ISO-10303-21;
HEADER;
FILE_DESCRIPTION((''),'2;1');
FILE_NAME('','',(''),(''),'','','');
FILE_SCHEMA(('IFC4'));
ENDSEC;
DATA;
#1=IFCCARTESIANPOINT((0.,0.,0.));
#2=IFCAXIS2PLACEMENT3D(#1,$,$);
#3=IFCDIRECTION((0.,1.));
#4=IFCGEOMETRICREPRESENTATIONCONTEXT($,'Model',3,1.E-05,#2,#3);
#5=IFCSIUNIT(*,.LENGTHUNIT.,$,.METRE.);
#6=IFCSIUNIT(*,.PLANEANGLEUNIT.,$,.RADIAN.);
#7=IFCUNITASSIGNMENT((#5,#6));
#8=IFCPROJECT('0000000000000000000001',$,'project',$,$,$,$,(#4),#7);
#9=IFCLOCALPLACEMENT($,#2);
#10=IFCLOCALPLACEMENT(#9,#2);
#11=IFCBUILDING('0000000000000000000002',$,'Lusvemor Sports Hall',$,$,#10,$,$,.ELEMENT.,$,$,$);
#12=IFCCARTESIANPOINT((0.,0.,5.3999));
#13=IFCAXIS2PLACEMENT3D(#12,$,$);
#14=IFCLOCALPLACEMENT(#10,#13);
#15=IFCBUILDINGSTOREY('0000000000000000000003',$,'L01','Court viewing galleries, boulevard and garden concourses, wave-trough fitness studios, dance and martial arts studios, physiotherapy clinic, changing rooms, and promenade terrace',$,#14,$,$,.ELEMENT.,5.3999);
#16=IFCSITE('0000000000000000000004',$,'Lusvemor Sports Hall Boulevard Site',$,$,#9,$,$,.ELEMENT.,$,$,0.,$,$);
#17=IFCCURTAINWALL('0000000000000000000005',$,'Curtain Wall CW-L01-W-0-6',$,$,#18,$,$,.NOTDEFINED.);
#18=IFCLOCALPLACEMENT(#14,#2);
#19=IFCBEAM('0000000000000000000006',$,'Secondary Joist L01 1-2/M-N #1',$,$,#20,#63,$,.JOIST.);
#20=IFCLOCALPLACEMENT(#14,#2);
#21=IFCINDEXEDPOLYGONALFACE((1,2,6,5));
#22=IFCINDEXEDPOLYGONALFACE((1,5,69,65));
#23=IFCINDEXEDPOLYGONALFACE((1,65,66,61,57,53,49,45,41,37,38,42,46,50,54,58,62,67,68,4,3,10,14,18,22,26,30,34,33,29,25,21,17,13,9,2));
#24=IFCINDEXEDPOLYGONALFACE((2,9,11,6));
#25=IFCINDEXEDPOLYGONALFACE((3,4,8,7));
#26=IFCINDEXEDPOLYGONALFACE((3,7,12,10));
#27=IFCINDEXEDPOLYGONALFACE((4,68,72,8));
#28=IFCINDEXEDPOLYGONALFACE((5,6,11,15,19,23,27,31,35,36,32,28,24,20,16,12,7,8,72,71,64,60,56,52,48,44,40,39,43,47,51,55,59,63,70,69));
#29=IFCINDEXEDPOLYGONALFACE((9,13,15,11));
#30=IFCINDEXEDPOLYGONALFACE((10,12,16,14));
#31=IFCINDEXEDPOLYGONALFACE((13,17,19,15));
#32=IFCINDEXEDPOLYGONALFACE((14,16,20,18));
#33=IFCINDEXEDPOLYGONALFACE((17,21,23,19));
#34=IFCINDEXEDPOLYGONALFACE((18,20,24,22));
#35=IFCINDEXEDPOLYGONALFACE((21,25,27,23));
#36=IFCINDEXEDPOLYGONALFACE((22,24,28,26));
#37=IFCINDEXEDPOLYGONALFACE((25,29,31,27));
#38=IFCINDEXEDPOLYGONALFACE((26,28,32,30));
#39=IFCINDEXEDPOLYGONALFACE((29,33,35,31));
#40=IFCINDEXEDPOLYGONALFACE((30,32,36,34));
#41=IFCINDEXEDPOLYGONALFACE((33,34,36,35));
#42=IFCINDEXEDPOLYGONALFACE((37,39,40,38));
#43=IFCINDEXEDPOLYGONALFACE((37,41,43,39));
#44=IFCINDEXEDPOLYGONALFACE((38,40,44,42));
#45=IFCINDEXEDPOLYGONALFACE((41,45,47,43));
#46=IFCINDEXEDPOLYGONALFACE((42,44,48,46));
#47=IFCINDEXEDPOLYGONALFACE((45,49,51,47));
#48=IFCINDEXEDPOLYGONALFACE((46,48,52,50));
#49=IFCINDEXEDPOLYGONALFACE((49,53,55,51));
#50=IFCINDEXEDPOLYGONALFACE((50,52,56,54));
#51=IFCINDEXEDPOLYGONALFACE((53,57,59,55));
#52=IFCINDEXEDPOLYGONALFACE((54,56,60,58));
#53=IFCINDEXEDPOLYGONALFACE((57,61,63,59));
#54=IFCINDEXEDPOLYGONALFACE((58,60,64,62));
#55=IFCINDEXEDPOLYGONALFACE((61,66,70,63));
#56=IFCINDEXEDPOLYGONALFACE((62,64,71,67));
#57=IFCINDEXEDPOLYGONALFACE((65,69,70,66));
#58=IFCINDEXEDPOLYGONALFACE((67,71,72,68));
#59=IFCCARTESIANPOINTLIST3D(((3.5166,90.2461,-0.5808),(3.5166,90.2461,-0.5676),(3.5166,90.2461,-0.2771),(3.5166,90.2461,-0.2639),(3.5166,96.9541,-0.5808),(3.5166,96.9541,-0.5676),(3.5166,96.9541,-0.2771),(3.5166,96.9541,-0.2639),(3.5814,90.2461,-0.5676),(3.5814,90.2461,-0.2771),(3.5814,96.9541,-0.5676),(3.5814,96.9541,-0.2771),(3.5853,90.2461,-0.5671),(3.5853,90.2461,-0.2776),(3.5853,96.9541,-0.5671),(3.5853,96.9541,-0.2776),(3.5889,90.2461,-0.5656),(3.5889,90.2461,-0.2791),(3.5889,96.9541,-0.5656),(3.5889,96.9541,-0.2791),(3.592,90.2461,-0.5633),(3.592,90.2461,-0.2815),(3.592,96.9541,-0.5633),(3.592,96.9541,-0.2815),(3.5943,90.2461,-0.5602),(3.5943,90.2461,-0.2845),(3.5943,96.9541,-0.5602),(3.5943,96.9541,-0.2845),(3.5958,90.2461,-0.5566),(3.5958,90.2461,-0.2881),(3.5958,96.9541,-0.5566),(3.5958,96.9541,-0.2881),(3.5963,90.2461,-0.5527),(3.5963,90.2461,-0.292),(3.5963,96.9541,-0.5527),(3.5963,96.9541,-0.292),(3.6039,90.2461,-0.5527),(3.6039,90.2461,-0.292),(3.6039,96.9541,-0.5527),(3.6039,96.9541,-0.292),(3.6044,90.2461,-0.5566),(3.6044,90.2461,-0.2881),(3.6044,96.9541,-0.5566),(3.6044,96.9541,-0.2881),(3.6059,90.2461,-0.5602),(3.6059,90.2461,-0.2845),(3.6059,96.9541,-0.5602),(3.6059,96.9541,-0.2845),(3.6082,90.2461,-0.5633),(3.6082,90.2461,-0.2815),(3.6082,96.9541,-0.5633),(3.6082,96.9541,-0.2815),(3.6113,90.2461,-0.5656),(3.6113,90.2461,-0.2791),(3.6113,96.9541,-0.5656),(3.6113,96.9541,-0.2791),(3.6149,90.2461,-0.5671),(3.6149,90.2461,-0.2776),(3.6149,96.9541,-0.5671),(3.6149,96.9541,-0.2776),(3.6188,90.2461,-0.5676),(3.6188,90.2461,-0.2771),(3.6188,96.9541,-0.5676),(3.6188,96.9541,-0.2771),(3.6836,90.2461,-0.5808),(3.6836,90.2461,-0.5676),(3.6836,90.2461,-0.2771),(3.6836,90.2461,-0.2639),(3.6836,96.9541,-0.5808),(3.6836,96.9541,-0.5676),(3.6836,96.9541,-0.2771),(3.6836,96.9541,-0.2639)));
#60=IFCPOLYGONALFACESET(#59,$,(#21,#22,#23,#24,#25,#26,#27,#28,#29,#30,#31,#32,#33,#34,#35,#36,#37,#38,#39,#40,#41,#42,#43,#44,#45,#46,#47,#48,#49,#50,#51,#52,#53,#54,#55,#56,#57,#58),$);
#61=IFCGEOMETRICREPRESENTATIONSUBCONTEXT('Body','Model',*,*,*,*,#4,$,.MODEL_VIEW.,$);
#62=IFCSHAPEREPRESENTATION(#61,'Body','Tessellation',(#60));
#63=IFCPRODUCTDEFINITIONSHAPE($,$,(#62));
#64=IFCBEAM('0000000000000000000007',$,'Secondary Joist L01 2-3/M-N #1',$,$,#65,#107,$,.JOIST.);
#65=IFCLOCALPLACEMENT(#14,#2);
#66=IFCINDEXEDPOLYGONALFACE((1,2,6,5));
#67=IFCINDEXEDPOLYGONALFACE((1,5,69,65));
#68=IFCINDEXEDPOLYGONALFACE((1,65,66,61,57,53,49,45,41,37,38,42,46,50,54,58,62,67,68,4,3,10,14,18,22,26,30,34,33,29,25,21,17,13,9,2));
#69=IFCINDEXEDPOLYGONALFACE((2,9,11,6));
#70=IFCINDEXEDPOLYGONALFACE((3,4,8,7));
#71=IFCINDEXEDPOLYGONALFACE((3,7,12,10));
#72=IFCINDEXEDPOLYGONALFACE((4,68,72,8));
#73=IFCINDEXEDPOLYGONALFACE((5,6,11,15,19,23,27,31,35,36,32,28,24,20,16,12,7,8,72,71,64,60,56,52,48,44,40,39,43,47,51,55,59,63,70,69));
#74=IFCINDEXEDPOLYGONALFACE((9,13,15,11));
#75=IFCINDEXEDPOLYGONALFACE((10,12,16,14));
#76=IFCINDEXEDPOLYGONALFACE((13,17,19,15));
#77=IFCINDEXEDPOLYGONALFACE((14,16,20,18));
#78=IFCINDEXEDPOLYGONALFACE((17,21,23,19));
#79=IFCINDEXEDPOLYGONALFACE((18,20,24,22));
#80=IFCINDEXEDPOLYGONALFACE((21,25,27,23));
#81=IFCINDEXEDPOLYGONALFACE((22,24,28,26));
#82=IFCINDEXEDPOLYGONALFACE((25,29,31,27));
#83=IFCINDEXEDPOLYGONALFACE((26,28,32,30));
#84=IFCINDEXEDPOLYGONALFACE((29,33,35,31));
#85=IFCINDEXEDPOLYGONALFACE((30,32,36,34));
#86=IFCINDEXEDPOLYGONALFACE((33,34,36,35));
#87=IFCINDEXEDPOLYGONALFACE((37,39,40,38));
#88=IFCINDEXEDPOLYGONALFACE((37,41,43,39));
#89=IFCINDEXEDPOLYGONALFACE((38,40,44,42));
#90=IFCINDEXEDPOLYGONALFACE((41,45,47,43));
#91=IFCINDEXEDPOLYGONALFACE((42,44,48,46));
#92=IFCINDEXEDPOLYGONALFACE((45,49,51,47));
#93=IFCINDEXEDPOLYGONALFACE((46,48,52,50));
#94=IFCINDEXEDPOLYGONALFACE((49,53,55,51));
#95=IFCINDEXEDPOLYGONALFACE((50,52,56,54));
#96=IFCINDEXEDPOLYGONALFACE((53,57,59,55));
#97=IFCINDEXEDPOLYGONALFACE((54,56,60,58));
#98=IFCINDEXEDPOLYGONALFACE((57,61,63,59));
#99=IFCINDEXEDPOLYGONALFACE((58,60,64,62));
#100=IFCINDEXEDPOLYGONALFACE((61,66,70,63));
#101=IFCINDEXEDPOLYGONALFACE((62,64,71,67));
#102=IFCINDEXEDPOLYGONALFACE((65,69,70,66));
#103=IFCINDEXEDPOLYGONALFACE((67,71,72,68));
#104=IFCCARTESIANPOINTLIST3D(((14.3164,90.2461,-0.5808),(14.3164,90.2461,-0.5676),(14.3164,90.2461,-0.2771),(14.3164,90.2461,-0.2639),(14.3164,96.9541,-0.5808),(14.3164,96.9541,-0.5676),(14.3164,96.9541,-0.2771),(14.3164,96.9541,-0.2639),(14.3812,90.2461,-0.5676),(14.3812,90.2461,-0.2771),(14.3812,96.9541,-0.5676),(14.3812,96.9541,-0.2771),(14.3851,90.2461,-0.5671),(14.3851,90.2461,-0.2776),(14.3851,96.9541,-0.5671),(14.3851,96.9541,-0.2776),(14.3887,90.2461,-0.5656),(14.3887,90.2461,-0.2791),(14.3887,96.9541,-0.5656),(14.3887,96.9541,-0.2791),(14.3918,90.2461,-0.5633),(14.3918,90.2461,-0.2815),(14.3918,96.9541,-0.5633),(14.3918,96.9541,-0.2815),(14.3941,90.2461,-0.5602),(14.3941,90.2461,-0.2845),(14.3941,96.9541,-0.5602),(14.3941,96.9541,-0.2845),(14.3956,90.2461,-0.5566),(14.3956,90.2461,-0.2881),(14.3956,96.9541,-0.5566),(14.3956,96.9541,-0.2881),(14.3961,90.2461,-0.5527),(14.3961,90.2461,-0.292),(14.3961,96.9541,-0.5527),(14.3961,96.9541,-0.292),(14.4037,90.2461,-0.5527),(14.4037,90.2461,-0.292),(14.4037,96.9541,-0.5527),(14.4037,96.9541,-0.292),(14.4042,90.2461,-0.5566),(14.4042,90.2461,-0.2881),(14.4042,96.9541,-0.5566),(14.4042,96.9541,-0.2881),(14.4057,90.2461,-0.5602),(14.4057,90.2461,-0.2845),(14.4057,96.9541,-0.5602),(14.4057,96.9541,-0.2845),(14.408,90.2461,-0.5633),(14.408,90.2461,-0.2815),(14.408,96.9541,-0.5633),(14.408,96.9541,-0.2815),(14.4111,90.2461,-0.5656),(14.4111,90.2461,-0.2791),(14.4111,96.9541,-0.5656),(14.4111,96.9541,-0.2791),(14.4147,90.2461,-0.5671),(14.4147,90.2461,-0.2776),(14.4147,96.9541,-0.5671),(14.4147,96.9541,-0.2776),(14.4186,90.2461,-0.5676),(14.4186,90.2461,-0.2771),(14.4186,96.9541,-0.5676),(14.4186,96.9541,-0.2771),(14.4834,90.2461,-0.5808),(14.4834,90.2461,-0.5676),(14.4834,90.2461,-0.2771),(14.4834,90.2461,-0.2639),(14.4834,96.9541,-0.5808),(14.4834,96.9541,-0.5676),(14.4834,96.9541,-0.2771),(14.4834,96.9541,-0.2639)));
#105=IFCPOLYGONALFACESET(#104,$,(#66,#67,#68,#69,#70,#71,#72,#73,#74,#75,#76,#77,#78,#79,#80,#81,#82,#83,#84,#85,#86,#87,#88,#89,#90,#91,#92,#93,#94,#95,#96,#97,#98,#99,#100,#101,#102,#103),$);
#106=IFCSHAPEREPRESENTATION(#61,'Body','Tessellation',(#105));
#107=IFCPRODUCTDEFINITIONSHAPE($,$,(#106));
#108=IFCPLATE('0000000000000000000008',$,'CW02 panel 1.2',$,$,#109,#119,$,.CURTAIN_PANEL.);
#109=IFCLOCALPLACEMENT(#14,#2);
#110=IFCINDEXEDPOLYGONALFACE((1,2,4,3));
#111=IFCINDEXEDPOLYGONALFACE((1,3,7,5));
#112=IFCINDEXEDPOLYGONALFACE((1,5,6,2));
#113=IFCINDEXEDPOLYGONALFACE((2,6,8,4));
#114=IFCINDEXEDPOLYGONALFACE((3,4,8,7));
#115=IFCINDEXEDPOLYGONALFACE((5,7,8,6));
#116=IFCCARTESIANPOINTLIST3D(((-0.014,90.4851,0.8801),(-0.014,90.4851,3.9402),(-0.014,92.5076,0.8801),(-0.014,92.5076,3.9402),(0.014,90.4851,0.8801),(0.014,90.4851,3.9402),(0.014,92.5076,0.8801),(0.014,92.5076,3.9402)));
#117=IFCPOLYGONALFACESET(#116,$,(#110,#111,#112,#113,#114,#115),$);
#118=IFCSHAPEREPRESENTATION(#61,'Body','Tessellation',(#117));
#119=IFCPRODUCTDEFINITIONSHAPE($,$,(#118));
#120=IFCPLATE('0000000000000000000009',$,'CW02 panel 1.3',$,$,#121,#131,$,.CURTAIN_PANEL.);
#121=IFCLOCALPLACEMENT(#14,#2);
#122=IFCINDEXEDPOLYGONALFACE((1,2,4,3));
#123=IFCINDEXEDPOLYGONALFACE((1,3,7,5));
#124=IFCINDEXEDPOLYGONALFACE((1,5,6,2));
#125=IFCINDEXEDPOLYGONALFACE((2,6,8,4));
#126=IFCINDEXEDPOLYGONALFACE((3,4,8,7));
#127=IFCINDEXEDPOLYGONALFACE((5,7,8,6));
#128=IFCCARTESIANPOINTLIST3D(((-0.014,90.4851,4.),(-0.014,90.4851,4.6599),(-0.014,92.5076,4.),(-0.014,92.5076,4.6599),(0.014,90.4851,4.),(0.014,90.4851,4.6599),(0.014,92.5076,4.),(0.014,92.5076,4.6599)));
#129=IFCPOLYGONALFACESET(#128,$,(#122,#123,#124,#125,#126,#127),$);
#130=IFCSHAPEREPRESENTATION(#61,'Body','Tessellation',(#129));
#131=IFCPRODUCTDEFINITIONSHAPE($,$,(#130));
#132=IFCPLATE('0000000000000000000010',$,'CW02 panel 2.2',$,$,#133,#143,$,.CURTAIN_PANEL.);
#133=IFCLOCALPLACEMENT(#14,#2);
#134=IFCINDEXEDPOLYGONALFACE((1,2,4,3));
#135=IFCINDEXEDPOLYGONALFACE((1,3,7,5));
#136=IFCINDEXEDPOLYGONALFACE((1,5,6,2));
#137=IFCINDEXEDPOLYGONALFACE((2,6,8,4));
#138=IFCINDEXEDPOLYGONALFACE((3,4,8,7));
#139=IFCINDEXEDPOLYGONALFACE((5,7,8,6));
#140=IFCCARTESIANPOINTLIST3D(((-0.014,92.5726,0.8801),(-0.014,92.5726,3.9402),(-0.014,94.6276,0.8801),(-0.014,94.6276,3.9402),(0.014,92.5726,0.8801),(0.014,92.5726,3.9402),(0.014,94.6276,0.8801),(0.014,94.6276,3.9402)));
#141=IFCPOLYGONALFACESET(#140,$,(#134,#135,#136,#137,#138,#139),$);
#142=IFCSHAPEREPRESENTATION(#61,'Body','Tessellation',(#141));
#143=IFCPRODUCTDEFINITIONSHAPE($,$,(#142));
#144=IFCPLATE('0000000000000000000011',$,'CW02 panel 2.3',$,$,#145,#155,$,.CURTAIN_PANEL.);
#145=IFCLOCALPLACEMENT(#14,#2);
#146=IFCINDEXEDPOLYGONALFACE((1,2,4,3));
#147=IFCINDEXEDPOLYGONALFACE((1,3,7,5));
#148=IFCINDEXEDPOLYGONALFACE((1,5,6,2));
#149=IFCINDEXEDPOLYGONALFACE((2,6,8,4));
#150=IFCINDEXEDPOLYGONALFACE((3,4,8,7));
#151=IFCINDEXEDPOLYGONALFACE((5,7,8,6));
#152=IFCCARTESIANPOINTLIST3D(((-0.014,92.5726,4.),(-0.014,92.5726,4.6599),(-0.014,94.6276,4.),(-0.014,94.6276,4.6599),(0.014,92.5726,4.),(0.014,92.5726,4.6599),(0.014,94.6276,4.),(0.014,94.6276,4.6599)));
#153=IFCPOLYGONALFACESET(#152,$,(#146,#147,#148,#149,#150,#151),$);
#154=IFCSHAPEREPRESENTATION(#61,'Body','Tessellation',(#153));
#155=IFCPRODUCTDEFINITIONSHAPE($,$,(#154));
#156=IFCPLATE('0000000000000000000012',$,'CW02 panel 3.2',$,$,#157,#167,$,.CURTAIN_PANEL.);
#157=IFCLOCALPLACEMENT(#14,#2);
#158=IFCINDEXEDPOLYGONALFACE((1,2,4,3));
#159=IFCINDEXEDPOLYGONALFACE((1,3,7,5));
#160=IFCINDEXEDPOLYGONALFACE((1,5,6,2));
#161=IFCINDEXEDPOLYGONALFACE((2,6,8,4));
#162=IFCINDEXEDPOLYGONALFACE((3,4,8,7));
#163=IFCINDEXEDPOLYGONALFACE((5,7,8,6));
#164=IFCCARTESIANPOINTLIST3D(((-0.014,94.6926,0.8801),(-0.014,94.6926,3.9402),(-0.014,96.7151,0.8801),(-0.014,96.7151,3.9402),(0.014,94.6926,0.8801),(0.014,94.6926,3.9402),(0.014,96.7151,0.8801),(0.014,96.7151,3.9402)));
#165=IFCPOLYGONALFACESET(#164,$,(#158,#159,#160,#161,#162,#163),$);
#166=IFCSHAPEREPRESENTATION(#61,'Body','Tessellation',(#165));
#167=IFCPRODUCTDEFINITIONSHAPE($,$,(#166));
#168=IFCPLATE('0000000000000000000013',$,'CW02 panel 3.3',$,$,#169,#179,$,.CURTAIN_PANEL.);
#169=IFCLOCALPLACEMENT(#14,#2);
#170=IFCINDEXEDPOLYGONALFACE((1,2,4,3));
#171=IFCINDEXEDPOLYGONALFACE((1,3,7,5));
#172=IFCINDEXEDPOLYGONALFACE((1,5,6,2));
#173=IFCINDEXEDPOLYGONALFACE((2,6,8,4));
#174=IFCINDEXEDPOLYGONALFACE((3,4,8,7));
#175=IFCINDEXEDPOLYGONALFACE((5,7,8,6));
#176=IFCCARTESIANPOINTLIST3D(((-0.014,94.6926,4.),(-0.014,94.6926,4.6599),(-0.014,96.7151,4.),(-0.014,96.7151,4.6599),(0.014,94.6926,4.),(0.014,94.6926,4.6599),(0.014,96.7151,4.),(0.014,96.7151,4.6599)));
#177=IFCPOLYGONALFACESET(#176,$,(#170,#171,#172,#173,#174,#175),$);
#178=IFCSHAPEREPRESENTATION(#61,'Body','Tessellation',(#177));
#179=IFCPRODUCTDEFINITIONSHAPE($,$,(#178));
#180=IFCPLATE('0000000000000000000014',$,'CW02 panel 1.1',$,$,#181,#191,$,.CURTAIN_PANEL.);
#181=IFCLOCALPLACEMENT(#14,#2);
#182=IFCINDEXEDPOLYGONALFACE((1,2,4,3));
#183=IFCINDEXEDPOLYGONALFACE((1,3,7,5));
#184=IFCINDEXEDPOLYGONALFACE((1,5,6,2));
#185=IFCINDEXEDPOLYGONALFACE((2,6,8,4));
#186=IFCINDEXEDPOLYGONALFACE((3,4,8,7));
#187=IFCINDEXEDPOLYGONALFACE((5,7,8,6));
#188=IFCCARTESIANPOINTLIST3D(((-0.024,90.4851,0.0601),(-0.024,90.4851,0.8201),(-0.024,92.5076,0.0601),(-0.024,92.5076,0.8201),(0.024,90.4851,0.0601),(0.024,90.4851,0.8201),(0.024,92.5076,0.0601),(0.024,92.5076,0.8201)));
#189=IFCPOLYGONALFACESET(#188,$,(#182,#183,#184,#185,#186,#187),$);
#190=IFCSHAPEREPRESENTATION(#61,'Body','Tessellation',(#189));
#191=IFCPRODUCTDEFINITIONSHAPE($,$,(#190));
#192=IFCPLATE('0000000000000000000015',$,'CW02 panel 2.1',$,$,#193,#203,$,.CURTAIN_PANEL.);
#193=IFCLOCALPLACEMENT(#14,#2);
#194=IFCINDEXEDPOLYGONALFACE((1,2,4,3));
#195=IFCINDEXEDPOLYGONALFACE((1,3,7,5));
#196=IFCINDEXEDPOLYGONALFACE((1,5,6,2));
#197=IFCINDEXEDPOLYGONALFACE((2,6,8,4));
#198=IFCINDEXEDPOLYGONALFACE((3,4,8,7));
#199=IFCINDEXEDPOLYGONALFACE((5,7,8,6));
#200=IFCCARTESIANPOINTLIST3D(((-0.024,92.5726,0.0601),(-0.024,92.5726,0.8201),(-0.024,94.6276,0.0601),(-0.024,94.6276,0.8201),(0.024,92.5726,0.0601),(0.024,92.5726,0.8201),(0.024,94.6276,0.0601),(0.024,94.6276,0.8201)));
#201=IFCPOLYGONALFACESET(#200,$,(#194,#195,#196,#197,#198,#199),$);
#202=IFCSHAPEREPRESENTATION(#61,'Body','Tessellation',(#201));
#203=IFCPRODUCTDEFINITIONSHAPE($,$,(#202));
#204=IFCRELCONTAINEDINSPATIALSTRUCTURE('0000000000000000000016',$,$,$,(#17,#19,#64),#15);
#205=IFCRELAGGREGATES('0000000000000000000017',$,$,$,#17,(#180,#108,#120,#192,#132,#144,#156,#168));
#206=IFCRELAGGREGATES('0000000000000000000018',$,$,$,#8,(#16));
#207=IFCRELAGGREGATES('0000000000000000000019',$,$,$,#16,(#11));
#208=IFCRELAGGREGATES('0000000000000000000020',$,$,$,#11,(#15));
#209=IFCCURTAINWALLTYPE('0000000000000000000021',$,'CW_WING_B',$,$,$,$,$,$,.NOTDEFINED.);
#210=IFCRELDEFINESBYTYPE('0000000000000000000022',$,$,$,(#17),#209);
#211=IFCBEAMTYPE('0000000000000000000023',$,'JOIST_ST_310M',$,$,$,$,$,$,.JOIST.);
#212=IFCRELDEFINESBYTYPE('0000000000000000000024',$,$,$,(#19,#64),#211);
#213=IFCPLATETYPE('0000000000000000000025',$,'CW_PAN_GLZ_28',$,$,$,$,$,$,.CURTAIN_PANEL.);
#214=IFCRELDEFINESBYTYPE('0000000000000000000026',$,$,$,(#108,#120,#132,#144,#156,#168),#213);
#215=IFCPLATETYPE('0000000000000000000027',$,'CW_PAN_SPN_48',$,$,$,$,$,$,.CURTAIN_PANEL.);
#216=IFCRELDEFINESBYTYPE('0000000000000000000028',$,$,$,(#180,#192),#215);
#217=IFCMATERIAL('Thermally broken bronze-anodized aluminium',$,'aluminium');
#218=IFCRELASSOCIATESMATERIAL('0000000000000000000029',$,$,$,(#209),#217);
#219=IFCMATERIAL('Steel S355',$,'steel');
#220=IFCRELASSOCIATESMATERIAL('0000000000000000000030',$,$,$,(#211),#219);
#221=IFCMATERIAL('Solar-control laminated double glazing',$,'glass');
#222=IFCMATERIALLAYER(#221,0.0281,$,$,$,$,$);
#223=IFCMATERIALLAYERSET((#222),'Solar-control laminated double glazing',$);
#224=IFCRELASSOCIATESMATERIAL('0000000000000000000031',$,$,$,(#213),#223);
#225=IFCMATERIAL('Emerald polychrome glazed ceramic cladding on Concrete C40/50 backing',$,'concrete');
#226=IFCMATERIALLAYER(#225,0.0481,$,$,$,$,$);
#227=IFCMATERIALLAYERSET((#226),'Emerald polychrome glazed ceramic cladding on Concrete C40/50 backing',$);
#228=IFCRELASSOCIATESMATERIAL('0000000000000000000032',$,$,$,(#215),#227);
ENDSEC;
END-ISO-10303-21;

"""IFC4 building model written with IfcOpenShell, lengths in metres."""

from ifc_helpers import new_model, si_unit, direction, frame, origin, origin_2d, place, context, subcontext, project, spatial, rectangle, i_section, extrude, material, layer, layer_set, material_profile, profile_set, type_object, element, aggregate, save


model = new_model("IFC4")

# Units and contexts
model_context = context("Model", 3, precision=1e-05, world=origin(), true_north=direction((0.0, 1.0)))
body_context = subcontext(model_context, "Body", "Model", "MODEL_VIEW")
ifc_project = project(units=[si_unit("LENGTHUNIT", "METRE"), si_unit("PLANEANGLEUNIT", "RADIAN")], contexts=[model_context])

# Site, building, storey
site_placement = place(None, origin())
site = spatial("IfcSite", under=ifc_project, at=site_placement, Name="Lusvemor Sports Hall Boulevard Site", CompositionType="ELEMENT", RefElevation=0.0)
building_placement = place(site_placement, origin())
building = spatial("IfcBuilding", under=site, at=building_placement, Name="Lusvemor Sports Hall", CompositionType="ELEMENT")
storey_placement = place(building_placement, frame((0.0, 0.0, 5.3999)))
storey = spatial("IfcBuildingStorey", under=building, at=storey_placement, Name="L01", Description="Court viewing galleries, boulevard and garden concourses, wave-trough fitness studios, dance and martial arts studios, physiotherapy clinic, changing rooms, and promenade terrace", CompositionType="ELEMENT", Elevation=5.3999)

# Curtain wall
ifc_material_1 = material(Name="Thermally broken bronze-anodized aluminium", Category="aluminium")
curtain_wall_type = type_object("IfcCurtainWallType", Name="CW_WING_B", PredefinedType="NOTDEFINED", material=ifc_material_1)
curtain_wall_placement = place(storey_placement, origin())
curtain_wall = element("IfcCurtainWall", 1, at=curtain_wall_placement, inside=storey, type_object=curtain_wall_type, Name="Curtain Wall CW-L01-W-0-6", PredefinedType="NOTDEFINED")

# Beams
ifc_material_2 = material(Name="Steel S355", Category="steel")
ifc_material_profile_1 = material_profile(ifc_material_2, i_section(OverallWidth=0.167, OverallDepth=0.3169, WebThickness=0.0076, FlangeThickness=0.0132, FilletRadius=0.0149, at=origin_2d()), Name="W310x52.0")
ifc_profile_set_1 = profile_set([ifc_material_profile_1], Name="Steel S355")
beam_type_1 = type_object("IfcBeamType", Name="JOIST_ST_310M", PredefinedType="JOIST", material=ifc_profile_set_1)
for number, where, z_axis, x_axis, name in (
    (2, (3.6001, 90.2461, -0.4224), (0.0, 1.0, 0.0), (-1.0, 0.0, 0.0), "Secondary Joist L01 1-2/M-N #1"),
    (3, (14.3999, 90.2461, -0.4224), (0.0, 1.0, 0.0), (-1.0, 0.0, 0.0), "Secondary Joist L01 2-3/M-N #1"),
):
    element("IfcBeam", number, at=place(storey_placement, frame(where, z_axis=z_axis, x_axis=x_axis)), inside=storey, type_object=beam_type_1, Name=name, PredefinedType="JOIST", context=body_context, shape_type="SweptSolid", body=[
        extrude(i_section(OverallWidth=0.167, OverallDepth=0.3169, WebThickness=0.0076, FlangeThickness=0.0132, FilletRadius=0.0149, at=origin_2d()), origin(), (0.0, 0.0, 1.0), 6.708),
    ])

# Plates
ifc_material_3 = material(Name="Solar-control laminated double glazing", Category="glass")
ifc_layer_1 = layer(ifc_material_3, 0.0281)
ifc_layer_set_1 = layer_set([ifc_layer_1], Name="Solar-control laminated double glazing")
plate_type_1 = type_object("IfcPlateType", Name="CW_PAN_GLZ_28", PredefinedType="CURTAIN_PANEL", material=ifc_layer_set_1)
plate_1_placement = place(storey_placement, frame((0.0, 91.4963, 0.8801), z_axis=(0.0, 0.0, 1.0), x_axis=(0.0, 1.0, 0.0)))
plate_1 = element("IfcPlate", 4, at=plate_1_placement, type_object=plate_type_1, Name="CW02 panel 1.2", PredefinedType="CURTAIN_PANEL", context=body_context, shape_type="SweptSolid", body=[
    extrude(rectangle(XDim=2.0225, YDim=0.0281, at=origin_2d()), origin(), (0.0, 0.0, 1.0), 3.0601),
])
plate_2_placement = place(storey_placement, frame((0.0, 91.4963, 4.0), z_axis=(0.0, 0.0, 1.0), x_axis=(0.0, 1.0, 0.0)))
plate_2 = element("IfcPlate", 5, at=plate_2_placement, type_object=plate_type_1, Name="CW02 panel 1.3", PredefinedType="CURTAIN_PANEL", context=body_context, shape_type="SweptSolid", body=[
    extrude(rectangle(XDim=2.0225, YDim=0.0281, at=origin_2d()), origin(), (0.0, 0.0, 1.0), 0.6599),
])
plate_3_placement = place(storey_placement, frame((0.0, 93.6001, 0.8801), z_axis=(0.0, 0.0, 1.0), x_axis=(0.0, 1.0, 0.0)))
plate_3 = element("IfcPlate", 6, at=plate_3_placement, type_object=plate_type_1, Name="CW02 panel 2.2", PredefinedType="CURTAIN_PANEL", context=body_context, shape_type="SweptSolid", body=[
    extrude(rectangle(XDim=2.0549, YDim=0.0281, at=origin_2d()), origin(), (0.0, 0.0, 1.0), 3.0601),
])
plate_4_placement = place(storey_placement, frame((0.0, 93.6001, 4.0), z_axis=(0.0, 0.0, 1.0), x_axis=(0.0, 1.0, 0.0)))
plate_4 = element("IfcPlate", 7, at=plate_4_placement, type_object=plate_type_1, Name="CW02 panel 2.3", PredefinedType="CURTAIN_PANEL", context=body_context, shape_type="SweptSolid", body=[
    extrude(rectangle(XDim=2.0549, YDim=0.0281, at=origin_2d()), origin(), (0.0, 0.0, 1.0), 0.6599),
])
plate_5_placement = place(storey_placement, frame((0.0, 95.7039, 0.8801), z_axis=(0.0, 0.0, 1.0), x_axis=(0.0, 1.0, 0.0)))
plate_5 = element("IfcPlate", 8, at=plate_5_placement, type_object=plate_type_1, Name="CW02 panel 3.2", PredefinedType="CURTAIN_PANEL", context=body_context, shape_type="SweptSolid", body=[
    extrude(rectangle(XDim=2.0225, YDim=0.0281, at=origin_2d()), origin(), (0.0, 0.0, 1.0), 3.0601),
])
plate_6_placement = place(storey_placement, frame((0.0, 95.7039, 4.0), z_axis=(0.0, 0.0, 1.0), x_axis=(0.0, 1.0, 0.0)))
plate_6 = element("IfcPlate", 9, at=plate_6_placement, type_object=plate_type_1, Name="CW02 panel 3.3", PredefinedType="CURTAIN_PANEL", context=body_context, shape_type="SweptSolid", body=[
    extrude(rectangle(XDim=2.0225, YDim=0.0281, at=origin_2d()), origin(), (0.0, 0.0, 1.0), 0.6599),
])
ifc_material_4 = material(Name="Emerald polychrome glazed ceramic cladding on Concrete C40/50 backing", Category="concrete")
ifc_layer_2 = layer(ifc_material_4, 0.0481)
ifc_layer_set_2 = layer_set([ifc_layer_2], Name="Emerald polychrome glazed ceramic cladding on Concrete C40/50 backing")
plate_type_2 = type_object("IfcPlateType", Name="CW_PAN_SPN_48", PredefinedType="CURTAIN_PANEL", material=ifc_layer_set_2)
plate_7_placement = place(storey_placement, frame((0.0, 91.4963, 0.0601), z_axis=(0.0, 0.0, 1.0), x_axis=(0.0, 1.0, 0.0)))
plate_7 = element("IfcPlate", 10, at=plate_7_placement, type_object=plate_type_2, Name="CW02 panel 1.1", PredefinedType="CURTAIN_PANEL", context=body_context, shape_type="SweptSolid", body=[
    extrude(rectangle(XDim=2.0225, YDim=0.0481, at=origin_2d()), origin(), (0.0, 0.0, 1.0), 0.76),
])
plate_8_placement = place(storey_placement, frame((0.0, 93.6001, 0.0601), z_axis=(0.0, 0.0, 1.0), x_axis=(0.0, 1.0, 0.0)))
plate_8 = element("IfcPlate", 11, at=plate_8_placement, type_object=plate_type_2, Name="CW02 panel 2.1", PredefinedType="CURTAIN_PANEL", context=body_context, shape_type="SweptSolid", body=[
    extrude(rectangle(XDim=2.0549, YDim=0.0481, at=origin_2d()), origin(), (0.0, 0.0, 1.0), 0.76),
])
aggregate(curtain_wall, [plate_7, plate_1, plate_2, plate_8, plate_3, plate_4, plate_5, plate_6])

save(model, "model.ifc")
